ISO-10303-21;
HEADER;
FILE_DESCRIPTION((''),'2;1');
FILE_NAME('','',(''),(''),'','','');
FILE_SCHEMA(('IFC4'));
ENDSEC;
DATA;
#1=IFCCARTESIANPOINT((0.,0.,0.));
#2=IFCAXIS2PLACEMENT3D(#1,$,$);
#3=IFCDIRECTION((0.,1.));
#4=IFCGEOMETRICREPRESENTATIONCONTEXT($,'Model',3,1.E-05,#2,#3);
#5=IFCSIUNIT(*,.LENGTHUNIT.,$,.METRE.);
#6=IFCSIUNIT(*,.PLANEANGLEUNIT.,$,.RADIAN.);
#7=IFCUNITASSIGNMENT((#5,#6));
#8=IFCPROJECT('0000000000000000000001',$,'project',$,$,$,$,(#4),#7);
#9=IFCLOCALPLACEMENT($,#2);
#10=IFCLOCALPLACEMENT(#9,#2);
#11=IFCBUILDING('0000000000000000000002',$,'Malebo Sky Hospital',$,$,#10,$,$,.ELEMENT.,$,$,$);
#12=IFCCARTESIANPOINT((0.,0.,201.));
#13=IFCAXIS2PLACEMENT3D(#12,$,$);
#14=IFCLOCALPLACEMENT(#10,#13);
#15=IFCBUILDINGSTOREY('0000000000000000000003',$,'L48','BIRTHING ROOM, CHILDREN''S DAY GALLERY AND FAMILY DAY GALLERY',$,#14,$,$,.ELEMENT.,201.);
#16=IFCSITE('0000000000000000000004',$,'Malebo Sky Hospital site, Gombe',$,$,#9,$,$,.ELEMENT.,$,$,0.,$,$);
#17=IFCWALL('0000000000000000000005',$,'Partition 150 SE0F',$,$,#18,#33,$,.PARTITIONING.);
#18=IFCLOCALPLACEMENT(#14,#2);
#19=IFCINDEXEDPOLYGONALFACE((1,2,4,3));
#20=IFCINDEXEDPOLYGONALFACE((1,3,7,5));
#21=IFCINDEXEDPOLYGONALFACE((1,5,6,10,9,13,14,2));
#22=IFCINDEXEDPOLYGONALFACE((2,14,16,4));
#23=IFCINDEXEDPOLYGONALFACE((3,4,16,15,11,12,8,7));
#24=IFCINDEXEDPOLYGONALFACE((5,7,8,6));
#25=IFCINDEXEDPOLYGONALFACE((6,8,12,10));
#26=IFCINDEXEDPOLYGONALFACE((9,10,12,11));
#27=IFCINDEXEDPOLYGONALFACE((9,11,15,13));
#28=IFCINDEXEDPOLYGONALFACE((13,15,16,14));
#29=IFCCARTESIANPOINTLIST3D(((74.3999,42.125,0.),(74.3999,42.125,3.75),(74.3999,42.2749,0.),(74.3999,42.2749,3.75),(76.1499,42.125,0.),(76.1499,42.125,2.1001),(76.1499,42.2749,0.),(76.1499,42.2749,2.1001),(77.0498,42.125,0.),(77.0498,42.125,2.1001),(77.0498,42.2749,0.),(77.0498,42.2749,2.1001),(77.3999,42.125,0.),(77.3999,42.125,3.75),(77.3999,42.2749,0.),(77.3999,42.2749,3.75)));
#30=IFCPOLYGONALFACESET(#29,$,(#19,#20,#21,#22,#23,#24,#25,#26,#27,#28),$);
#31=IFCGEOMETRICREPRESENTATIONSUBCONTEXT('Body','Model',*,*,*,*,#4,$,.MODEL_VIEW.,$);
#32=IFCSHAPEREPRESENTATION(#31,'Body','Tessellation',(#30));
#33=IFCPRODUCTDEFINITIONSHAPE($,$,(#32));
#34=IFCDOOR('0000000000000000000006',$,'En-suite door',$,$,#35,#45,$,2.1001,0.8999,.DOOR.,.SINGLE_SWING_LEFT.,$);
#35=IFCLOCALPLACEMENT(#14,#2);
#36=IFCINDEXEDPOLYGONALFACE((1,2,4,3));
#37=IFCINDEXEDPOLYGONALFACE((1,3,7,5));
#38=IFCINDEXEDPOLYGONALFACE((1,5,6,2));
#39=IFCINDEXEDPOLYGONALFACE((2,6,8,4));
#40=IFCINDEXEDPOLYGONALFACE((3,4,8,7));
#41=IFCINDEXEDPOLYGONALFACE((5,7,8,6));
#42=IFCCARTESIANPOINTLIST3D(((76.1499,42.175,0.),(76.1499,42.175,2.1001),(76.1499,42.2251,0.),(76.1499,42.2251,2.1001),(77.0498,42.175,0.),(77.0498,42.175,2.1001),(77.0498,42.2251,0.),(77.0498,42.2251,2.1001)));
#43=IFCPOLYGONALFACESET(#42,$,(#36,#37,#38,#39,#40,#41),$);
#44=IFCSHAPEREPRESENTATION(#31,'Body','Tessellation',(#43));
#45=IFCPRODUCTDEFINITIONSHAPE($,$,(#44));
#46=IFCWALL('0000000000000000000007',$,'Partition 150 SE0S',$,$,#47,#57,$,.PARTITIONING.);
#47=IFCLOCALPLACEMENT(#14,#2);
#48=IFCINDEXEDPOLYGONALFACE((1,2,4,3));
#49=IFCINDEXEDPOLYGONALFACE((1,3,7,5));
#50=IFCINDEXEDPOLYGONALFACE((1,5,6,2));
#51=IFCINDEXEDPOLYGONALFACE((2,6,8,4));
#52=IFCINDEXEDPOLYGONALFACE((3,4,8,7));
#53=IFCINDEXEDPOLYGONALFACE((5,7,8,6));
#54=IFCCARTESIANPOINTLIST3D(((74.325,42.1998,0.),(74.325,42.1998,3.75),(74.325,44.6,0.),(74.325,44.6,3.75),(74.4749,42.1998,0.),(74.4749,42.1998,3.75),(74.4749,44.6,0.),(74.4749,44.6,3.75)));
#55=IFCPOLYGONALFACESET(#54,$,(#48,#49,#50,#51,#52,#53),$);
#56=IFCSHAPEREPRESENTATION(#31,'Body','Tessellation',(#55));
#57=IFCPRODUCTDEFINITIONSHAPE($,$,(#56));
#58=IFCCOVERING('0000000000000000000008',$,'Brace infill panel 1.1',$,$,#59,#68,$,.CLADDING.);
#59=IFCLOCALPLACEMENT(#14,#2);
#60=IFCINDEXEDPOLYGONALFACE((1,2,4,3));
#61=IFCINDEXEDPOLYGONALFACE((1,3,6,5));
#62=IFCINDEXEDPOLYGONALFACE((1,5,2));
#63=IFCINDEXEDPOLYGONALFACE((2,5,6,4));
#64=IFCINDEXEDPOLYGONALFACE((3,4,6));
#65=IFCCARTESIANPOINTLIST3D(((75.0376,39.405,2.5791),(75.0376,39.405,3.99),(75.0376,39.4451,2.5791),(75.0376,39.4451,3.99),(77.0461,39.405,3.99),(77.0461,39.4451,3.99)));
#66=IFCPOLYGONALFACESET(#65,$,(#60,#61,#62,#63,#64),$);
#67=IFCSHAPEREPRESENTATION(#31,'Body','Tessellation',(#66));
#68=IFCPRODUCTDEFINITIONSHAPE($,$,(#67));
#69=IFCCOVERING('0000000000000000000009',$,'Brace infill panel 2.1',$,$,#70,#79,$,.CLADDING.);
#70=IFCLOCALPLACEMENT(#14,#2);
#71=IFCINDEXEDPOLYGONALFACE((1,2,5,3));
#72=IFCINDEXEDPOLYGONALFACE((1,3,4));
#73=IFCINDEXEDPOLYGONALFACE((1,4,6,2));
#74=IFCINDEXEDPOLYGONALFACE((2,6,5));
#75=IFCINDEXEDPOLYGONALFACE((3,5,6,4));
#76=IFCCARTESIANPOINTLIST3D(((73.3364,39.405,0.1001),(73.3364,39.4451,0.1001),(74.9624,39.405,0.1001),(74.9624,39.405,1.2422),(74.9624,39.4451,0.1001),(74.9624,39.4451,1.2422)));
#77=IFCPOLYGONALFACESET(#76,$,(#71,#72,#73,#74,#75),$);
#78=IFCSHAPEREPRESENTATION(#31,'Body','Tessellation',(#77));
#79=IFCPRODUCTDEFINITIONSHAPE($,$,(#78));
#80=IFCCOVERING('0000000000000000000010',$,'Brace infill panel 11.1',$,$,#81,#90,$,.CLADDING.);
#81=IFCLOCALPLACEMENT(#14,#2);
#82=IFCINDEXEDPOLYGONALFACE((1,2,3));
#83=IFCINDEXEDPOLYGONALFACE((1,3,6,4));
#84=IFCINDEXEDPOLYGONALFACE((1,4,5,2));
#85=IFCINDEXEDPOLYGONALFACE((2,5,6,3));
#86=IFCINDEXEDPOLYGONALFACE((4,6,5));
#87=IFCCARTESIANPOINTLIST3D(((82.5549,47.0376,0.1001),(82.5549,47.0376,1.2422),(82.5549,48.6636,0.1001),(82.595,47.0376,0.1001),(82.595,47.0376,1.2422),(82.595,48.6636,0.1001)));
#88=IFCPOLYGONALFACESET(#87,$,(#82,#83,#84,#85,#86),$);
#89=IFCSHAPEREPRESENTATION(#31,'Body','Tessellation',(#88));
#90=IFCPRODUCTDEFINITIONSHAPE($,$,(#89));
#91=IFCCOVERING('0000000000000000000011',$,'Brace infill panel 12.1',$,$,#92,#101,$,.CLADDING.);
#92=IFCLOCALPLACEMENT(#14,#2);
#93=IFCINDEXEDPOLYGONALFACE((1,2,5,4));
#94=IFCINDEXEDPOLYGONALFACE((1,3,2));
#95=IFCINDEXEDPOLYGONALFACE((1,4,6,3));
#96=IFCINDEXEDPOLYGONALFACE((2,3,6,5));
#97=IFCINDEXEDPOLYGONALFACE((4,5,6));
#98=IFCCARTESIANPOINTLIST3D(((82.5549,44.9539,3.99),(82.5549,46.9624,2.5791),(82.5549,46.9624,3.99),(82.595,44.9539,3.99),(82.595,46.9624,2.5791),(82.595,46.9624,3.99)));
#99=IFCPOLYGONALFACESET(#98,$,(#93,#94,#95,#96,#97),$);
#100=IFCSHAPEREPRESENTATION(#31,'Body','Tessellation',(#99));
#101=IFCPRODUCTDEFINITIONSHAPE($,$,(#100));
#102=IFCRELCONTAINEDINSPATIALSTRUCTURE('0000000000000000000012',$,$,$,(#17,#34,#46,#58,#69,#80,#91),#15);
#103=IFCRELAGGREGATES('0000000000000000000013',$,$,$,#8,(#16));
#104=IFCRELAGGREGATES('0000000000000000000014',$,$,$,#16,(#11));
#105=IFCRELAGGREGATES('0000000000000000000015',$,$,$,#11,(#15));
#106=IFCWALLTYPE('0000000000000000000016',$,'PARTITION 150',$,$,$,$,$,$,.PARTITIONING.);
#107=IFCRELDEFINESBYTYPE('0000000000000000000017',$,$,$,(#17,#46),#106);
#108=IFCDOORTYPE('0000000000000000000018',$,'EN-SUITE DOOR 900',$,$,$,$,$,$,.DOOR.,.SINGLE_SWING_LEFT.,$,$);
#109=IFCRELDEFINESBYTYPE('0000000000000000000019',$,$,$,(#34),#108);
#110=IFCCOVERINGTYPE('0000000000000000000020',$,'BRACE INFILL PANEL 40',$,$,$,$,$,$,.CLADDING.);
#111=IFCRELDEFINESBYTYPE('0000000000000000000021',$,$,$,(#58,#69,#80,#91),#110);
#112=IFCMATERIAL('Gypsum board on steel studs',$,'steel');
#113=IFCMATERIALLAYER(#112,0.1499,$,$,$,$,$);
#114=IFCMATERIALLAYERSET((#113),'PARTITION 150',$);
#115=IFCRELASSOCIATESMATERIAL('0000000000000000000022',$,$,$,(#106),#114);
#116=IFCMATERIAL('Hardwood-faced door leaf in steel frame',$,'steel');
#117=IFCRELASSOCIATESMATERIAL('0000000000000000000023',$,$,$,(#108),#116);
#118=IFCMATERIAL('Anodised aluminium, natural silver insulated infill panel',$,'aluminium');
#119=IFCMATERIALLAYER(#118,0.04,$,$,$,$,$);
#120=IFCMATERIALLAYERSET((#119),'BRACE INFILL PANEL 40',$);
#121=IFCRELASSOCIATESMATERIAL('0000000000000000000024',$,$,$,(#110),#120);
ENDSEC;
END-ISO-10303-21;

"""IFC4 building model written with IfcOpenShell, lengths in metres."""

from ifc_helpers import new_model, si_unit, direction, frame, frame_2d, origin, place, context, subcontext, project, spatial, polyline, rectangle, outline, extrude, material, layer, layer_set, type_object, element, fill, save


model = new_model("IFC4")

# Units and contexts
model_context = context("Model", 3, precision=1e-05, world=origin(), true_north=direction((0.0, 1.0)))
body_context = subcontext(model_context, "Body", "Model", "MODEL_VIEW")
ifc_project = project(units=[si_unit("LENGTHUNIT", "METRE"), si_unit("PLANEANGLEUNIT", "RADIAN")], contexts=[model_context])

# Site, building, storey
site_placement = place(None, origin())
site = spatial("IfcSite", under=ifc_project, at=site_placement, Name="Malebo Sky Hospital site, Gombe", CompositionType="ELEMENT", RefElevation=0.0)
building_placement = place(site_placement, origin())
building = spatial("IfcBuilding", under=site, at=building_placement, Name="Malebo Sky Hospital", CompositionType="ELEMENT")
storey_placement = place(building_placement, frame((0.0, 0.0, 201.0)))
storey = spatial("IfcBuildingStorey", under=building, at=storey_placement, Name="L48", Description="BIRTHING ROOM, CHILDREN'S DAY GALLERY AND FAMILY DAY GALLERY", CompositionType="ELEMENT", Elevation=201.0)

# Shared definitions
ifc_material_1 = material(Name="Gypsum board on steel studs", Category="steel")
ifc_material_2 = material(Name="Hardwood-faced door leaf in steel frame", Category="steel")

# Shared definitions
ifc_layer_1 = layer(ifc_material_1, 0.1499)
ifc_layer_set_1 = layer_set([ifc_layer_1], Name="PARTITION 150")
wall_type_1 = type_object("IfcWallType", Name="PARTITION 150", PredefinedType="PARTITIONING", material=ifc_layer_set_1)

# Wall, opening, door
wall_1_placement = place(storey_placement, frame((77.3999, 42.2, 0.0), z_axis=(0.0, 0.0, 1.0), x_axis=(-1.0, 0.0, 0.0)))
wall_1 = element("IfcWall", 1, at=wall_1_placement, inside=storey, type_object=wall_type_1, Name="Partition 150 SE0F", PredefinedType="PARTITIONING", context=body_context, shape_type="SweptSolid", body=[
    extrude(rectangle(XDim=3.0, YDim=0.1499, at=frame_2d((1.5, 0.0))), origin(), (0.0, 0.0, 1.0), 3.75),
])
opening_1_placement = place(wall_1_placement, frame((0.3501, 0.0, 0.0)))
opening_1 = element("IfcOpeningElement", 2, at=opening_1_placement, cuts=wall_1, PredefinedType="OPENING", context=body_context, shape_type="SweptSolid", body=[
    extrude(rectangle(XDim=0.8999, YDim=2.1001, at=frame_2d((0.45, 1.05))), frame((0.0, 0.085, 0.0), z_axis=(0.0, -1.0, 0.0), x_axis=(1.0, 0.0, 0.0)), (0.0, 0.0, 1.0), 0.1699),
])
door_type_1 = type_object("IfcDoorType", Name="EN-SUITE DOOR 900", OperationType="SINGLE_SWING_LEFT", PredefinedType="DOOR", material=ifc_material_2)
door_1_placement = place(opening_1_placement, origin())
door_1 = element("IfcDoor", 3, at=door_1_placement, inside=storey, type_object=door_type_1, Name="En-suite door", OperationType="SINGLE_SWING_LEFT", OverallHeight=2.1001, OverallWidth=0.8999, PredefinedType="DOOR", context=body_context, shape_type="SweptSolid", body=[
    extrude(rectangle(XDim=0.8999, YDim=2.1001, at=frame_2d((0.45, 1.05))), frame((0.0, 0.0249, 0.0), z_axis=(0.0, -1.0, 0.0), x_axis=(1.0, 0.0, 0.0)), (0.0, 0.0, 1.0), 0.05),
])
fill(opening_1, door_1)

# Wall
wall_2_placement = place(storey_placement, frame((74.3999, 44.6001, 0.0), z_axis=(0.0, 0.0, 1.0), x_axis=(0.0, -1.0, 0.0)))
element("IfcWall", 4, at=wall_2_placement, inside=storey, type_object=wall_type_1, Name="Partition 150 SE0S", PredefinedType="PARTITIONING", context=body_context, shape_type="SweptSolid", body=[
    extrude(rectangle(XDim=2.4001, YDim=0.1499, at=frame_2d((1.2002, 0.0))), origin(), (0.0, 0.0, 1.0), 3.75),
])

# Coverings
ifc_material_3 = material(Name="Anodised aluminium, natural silver insulated infill panel", Category="aluminium")
ifc_layer_2 = layer(ifc_material_3, 0.04)
ifc_layer_set_2 = layer_set([ifc_layer_2], Name="BRACE INFILL PANEL 40")
covering_type = type_object("IfcCoveringType", Name="BRACE INFILL PANEL 40", PredefinedType="CLADDING", material=ifc_layer_set_2)
covering_1_placement = place(storey_placement, frame((76.0417, 39.425, 2.5791), z_axis=(0.0, 0.0, 1.0), x_axis=(-1.0, 0.0, 0.0)))
element("IfcCovering", 5, at=covering_1_placement, inside=storey, type_object=covering_type, Name="Brace infill panel 1.1", PredefinedType="CLADDING", context=body_context, shape_type="SweptSolid", body=[
    extrude(outline(polyline([(1.0042, 0.0), (1.0042, 1.4109), (-1.0044, 1.4109), (1.0042, 0.0)])), frame((0.0, 0.02, 0.0), z_axis=(0.0, -1.0, 0.0), x_axis=(1.0, 0.0, 0.0)), (0.0, 0.0, 1.0), 0.04),
])
covering_2_placement = place(storey_placement, frame((74.1494, 39.425, 0.1001), z_axis=(0.0, 0.0, 1.0), x_axis=(-1.0, 0.0, 0.0)))
element("IfcCovering", 6, at=covering_2_placement, inside=storey, type_object=covering_type, Name="Brace infill panel 2.1", PredefinedType="CLADDING", context=body_context, shape_type="SweptSolid", body=[
    extrude(outline(polyline([(-0.813, 0.0), (0.813, 0.0), (-0.813, 1.1421), (-0.813, 0.0)])), frame((0.0, 0.02, 0.0), z_axis=(0.0, -1.0, 0.0), x_axis=(1.0, 0.0, 0.0)), (0.0, 0.0, 1.0), 0.04),
])
covering_3_placement = place(storey_placement, frame((82.575, 47.8506, 0.1001), z_axis=(0.0, 0.0, 1.0), x_axis=(0.0, -1.0, 0.0)))
element("IfcCovering", 7, at=covering_3_placement, inside=storey, type_object=covering_type, Name="Brace infill panel 11.1", PredefinedType="CLADDING", context=body_context, shape_type="SweptSolid", body=[
    extrude(outline(polyline([(-0.813, 0.0), (0.813, 0.0), (0.813, 1.1421), (-0.813, 0.0)])), frame((0.0, 0.02, 0.0), z_axis=(0.0, -1.0, 0.0), x_axis=(1.0, 0.0, 0.0)), (0.0, 0.0, 1.0), 0.04),
])
covering_4_placement = place(storey_placement, frame((82.575, 45.9583, 2.5791), z_axis=(0.0, 0.0, 1.0), x_axis=(0.0, -1.0, 0.0)))
element("IfcCovering", 8, at=covering_4_placement, inside=storey, type_object=covering_type, Name="Brace infill panel 12.1", PredefinedType="CLADDING", context=body_context, shape_type="SweptSolid", body=[
    extrude(outline(polyline([(-1.0042, 0.0), (1.0044, 1.4109), (-1.0042, 1.4109), (-1.0042, 0.0)])), frame((0.0, 0.02, 0.0), z_axis=(0.0, -1.0, 0.0), x_axis=(1.0, 0.0, 0.0)), (0.0, 0.0, 1.0), 0.04),
])

save(model, "model.ifc")
